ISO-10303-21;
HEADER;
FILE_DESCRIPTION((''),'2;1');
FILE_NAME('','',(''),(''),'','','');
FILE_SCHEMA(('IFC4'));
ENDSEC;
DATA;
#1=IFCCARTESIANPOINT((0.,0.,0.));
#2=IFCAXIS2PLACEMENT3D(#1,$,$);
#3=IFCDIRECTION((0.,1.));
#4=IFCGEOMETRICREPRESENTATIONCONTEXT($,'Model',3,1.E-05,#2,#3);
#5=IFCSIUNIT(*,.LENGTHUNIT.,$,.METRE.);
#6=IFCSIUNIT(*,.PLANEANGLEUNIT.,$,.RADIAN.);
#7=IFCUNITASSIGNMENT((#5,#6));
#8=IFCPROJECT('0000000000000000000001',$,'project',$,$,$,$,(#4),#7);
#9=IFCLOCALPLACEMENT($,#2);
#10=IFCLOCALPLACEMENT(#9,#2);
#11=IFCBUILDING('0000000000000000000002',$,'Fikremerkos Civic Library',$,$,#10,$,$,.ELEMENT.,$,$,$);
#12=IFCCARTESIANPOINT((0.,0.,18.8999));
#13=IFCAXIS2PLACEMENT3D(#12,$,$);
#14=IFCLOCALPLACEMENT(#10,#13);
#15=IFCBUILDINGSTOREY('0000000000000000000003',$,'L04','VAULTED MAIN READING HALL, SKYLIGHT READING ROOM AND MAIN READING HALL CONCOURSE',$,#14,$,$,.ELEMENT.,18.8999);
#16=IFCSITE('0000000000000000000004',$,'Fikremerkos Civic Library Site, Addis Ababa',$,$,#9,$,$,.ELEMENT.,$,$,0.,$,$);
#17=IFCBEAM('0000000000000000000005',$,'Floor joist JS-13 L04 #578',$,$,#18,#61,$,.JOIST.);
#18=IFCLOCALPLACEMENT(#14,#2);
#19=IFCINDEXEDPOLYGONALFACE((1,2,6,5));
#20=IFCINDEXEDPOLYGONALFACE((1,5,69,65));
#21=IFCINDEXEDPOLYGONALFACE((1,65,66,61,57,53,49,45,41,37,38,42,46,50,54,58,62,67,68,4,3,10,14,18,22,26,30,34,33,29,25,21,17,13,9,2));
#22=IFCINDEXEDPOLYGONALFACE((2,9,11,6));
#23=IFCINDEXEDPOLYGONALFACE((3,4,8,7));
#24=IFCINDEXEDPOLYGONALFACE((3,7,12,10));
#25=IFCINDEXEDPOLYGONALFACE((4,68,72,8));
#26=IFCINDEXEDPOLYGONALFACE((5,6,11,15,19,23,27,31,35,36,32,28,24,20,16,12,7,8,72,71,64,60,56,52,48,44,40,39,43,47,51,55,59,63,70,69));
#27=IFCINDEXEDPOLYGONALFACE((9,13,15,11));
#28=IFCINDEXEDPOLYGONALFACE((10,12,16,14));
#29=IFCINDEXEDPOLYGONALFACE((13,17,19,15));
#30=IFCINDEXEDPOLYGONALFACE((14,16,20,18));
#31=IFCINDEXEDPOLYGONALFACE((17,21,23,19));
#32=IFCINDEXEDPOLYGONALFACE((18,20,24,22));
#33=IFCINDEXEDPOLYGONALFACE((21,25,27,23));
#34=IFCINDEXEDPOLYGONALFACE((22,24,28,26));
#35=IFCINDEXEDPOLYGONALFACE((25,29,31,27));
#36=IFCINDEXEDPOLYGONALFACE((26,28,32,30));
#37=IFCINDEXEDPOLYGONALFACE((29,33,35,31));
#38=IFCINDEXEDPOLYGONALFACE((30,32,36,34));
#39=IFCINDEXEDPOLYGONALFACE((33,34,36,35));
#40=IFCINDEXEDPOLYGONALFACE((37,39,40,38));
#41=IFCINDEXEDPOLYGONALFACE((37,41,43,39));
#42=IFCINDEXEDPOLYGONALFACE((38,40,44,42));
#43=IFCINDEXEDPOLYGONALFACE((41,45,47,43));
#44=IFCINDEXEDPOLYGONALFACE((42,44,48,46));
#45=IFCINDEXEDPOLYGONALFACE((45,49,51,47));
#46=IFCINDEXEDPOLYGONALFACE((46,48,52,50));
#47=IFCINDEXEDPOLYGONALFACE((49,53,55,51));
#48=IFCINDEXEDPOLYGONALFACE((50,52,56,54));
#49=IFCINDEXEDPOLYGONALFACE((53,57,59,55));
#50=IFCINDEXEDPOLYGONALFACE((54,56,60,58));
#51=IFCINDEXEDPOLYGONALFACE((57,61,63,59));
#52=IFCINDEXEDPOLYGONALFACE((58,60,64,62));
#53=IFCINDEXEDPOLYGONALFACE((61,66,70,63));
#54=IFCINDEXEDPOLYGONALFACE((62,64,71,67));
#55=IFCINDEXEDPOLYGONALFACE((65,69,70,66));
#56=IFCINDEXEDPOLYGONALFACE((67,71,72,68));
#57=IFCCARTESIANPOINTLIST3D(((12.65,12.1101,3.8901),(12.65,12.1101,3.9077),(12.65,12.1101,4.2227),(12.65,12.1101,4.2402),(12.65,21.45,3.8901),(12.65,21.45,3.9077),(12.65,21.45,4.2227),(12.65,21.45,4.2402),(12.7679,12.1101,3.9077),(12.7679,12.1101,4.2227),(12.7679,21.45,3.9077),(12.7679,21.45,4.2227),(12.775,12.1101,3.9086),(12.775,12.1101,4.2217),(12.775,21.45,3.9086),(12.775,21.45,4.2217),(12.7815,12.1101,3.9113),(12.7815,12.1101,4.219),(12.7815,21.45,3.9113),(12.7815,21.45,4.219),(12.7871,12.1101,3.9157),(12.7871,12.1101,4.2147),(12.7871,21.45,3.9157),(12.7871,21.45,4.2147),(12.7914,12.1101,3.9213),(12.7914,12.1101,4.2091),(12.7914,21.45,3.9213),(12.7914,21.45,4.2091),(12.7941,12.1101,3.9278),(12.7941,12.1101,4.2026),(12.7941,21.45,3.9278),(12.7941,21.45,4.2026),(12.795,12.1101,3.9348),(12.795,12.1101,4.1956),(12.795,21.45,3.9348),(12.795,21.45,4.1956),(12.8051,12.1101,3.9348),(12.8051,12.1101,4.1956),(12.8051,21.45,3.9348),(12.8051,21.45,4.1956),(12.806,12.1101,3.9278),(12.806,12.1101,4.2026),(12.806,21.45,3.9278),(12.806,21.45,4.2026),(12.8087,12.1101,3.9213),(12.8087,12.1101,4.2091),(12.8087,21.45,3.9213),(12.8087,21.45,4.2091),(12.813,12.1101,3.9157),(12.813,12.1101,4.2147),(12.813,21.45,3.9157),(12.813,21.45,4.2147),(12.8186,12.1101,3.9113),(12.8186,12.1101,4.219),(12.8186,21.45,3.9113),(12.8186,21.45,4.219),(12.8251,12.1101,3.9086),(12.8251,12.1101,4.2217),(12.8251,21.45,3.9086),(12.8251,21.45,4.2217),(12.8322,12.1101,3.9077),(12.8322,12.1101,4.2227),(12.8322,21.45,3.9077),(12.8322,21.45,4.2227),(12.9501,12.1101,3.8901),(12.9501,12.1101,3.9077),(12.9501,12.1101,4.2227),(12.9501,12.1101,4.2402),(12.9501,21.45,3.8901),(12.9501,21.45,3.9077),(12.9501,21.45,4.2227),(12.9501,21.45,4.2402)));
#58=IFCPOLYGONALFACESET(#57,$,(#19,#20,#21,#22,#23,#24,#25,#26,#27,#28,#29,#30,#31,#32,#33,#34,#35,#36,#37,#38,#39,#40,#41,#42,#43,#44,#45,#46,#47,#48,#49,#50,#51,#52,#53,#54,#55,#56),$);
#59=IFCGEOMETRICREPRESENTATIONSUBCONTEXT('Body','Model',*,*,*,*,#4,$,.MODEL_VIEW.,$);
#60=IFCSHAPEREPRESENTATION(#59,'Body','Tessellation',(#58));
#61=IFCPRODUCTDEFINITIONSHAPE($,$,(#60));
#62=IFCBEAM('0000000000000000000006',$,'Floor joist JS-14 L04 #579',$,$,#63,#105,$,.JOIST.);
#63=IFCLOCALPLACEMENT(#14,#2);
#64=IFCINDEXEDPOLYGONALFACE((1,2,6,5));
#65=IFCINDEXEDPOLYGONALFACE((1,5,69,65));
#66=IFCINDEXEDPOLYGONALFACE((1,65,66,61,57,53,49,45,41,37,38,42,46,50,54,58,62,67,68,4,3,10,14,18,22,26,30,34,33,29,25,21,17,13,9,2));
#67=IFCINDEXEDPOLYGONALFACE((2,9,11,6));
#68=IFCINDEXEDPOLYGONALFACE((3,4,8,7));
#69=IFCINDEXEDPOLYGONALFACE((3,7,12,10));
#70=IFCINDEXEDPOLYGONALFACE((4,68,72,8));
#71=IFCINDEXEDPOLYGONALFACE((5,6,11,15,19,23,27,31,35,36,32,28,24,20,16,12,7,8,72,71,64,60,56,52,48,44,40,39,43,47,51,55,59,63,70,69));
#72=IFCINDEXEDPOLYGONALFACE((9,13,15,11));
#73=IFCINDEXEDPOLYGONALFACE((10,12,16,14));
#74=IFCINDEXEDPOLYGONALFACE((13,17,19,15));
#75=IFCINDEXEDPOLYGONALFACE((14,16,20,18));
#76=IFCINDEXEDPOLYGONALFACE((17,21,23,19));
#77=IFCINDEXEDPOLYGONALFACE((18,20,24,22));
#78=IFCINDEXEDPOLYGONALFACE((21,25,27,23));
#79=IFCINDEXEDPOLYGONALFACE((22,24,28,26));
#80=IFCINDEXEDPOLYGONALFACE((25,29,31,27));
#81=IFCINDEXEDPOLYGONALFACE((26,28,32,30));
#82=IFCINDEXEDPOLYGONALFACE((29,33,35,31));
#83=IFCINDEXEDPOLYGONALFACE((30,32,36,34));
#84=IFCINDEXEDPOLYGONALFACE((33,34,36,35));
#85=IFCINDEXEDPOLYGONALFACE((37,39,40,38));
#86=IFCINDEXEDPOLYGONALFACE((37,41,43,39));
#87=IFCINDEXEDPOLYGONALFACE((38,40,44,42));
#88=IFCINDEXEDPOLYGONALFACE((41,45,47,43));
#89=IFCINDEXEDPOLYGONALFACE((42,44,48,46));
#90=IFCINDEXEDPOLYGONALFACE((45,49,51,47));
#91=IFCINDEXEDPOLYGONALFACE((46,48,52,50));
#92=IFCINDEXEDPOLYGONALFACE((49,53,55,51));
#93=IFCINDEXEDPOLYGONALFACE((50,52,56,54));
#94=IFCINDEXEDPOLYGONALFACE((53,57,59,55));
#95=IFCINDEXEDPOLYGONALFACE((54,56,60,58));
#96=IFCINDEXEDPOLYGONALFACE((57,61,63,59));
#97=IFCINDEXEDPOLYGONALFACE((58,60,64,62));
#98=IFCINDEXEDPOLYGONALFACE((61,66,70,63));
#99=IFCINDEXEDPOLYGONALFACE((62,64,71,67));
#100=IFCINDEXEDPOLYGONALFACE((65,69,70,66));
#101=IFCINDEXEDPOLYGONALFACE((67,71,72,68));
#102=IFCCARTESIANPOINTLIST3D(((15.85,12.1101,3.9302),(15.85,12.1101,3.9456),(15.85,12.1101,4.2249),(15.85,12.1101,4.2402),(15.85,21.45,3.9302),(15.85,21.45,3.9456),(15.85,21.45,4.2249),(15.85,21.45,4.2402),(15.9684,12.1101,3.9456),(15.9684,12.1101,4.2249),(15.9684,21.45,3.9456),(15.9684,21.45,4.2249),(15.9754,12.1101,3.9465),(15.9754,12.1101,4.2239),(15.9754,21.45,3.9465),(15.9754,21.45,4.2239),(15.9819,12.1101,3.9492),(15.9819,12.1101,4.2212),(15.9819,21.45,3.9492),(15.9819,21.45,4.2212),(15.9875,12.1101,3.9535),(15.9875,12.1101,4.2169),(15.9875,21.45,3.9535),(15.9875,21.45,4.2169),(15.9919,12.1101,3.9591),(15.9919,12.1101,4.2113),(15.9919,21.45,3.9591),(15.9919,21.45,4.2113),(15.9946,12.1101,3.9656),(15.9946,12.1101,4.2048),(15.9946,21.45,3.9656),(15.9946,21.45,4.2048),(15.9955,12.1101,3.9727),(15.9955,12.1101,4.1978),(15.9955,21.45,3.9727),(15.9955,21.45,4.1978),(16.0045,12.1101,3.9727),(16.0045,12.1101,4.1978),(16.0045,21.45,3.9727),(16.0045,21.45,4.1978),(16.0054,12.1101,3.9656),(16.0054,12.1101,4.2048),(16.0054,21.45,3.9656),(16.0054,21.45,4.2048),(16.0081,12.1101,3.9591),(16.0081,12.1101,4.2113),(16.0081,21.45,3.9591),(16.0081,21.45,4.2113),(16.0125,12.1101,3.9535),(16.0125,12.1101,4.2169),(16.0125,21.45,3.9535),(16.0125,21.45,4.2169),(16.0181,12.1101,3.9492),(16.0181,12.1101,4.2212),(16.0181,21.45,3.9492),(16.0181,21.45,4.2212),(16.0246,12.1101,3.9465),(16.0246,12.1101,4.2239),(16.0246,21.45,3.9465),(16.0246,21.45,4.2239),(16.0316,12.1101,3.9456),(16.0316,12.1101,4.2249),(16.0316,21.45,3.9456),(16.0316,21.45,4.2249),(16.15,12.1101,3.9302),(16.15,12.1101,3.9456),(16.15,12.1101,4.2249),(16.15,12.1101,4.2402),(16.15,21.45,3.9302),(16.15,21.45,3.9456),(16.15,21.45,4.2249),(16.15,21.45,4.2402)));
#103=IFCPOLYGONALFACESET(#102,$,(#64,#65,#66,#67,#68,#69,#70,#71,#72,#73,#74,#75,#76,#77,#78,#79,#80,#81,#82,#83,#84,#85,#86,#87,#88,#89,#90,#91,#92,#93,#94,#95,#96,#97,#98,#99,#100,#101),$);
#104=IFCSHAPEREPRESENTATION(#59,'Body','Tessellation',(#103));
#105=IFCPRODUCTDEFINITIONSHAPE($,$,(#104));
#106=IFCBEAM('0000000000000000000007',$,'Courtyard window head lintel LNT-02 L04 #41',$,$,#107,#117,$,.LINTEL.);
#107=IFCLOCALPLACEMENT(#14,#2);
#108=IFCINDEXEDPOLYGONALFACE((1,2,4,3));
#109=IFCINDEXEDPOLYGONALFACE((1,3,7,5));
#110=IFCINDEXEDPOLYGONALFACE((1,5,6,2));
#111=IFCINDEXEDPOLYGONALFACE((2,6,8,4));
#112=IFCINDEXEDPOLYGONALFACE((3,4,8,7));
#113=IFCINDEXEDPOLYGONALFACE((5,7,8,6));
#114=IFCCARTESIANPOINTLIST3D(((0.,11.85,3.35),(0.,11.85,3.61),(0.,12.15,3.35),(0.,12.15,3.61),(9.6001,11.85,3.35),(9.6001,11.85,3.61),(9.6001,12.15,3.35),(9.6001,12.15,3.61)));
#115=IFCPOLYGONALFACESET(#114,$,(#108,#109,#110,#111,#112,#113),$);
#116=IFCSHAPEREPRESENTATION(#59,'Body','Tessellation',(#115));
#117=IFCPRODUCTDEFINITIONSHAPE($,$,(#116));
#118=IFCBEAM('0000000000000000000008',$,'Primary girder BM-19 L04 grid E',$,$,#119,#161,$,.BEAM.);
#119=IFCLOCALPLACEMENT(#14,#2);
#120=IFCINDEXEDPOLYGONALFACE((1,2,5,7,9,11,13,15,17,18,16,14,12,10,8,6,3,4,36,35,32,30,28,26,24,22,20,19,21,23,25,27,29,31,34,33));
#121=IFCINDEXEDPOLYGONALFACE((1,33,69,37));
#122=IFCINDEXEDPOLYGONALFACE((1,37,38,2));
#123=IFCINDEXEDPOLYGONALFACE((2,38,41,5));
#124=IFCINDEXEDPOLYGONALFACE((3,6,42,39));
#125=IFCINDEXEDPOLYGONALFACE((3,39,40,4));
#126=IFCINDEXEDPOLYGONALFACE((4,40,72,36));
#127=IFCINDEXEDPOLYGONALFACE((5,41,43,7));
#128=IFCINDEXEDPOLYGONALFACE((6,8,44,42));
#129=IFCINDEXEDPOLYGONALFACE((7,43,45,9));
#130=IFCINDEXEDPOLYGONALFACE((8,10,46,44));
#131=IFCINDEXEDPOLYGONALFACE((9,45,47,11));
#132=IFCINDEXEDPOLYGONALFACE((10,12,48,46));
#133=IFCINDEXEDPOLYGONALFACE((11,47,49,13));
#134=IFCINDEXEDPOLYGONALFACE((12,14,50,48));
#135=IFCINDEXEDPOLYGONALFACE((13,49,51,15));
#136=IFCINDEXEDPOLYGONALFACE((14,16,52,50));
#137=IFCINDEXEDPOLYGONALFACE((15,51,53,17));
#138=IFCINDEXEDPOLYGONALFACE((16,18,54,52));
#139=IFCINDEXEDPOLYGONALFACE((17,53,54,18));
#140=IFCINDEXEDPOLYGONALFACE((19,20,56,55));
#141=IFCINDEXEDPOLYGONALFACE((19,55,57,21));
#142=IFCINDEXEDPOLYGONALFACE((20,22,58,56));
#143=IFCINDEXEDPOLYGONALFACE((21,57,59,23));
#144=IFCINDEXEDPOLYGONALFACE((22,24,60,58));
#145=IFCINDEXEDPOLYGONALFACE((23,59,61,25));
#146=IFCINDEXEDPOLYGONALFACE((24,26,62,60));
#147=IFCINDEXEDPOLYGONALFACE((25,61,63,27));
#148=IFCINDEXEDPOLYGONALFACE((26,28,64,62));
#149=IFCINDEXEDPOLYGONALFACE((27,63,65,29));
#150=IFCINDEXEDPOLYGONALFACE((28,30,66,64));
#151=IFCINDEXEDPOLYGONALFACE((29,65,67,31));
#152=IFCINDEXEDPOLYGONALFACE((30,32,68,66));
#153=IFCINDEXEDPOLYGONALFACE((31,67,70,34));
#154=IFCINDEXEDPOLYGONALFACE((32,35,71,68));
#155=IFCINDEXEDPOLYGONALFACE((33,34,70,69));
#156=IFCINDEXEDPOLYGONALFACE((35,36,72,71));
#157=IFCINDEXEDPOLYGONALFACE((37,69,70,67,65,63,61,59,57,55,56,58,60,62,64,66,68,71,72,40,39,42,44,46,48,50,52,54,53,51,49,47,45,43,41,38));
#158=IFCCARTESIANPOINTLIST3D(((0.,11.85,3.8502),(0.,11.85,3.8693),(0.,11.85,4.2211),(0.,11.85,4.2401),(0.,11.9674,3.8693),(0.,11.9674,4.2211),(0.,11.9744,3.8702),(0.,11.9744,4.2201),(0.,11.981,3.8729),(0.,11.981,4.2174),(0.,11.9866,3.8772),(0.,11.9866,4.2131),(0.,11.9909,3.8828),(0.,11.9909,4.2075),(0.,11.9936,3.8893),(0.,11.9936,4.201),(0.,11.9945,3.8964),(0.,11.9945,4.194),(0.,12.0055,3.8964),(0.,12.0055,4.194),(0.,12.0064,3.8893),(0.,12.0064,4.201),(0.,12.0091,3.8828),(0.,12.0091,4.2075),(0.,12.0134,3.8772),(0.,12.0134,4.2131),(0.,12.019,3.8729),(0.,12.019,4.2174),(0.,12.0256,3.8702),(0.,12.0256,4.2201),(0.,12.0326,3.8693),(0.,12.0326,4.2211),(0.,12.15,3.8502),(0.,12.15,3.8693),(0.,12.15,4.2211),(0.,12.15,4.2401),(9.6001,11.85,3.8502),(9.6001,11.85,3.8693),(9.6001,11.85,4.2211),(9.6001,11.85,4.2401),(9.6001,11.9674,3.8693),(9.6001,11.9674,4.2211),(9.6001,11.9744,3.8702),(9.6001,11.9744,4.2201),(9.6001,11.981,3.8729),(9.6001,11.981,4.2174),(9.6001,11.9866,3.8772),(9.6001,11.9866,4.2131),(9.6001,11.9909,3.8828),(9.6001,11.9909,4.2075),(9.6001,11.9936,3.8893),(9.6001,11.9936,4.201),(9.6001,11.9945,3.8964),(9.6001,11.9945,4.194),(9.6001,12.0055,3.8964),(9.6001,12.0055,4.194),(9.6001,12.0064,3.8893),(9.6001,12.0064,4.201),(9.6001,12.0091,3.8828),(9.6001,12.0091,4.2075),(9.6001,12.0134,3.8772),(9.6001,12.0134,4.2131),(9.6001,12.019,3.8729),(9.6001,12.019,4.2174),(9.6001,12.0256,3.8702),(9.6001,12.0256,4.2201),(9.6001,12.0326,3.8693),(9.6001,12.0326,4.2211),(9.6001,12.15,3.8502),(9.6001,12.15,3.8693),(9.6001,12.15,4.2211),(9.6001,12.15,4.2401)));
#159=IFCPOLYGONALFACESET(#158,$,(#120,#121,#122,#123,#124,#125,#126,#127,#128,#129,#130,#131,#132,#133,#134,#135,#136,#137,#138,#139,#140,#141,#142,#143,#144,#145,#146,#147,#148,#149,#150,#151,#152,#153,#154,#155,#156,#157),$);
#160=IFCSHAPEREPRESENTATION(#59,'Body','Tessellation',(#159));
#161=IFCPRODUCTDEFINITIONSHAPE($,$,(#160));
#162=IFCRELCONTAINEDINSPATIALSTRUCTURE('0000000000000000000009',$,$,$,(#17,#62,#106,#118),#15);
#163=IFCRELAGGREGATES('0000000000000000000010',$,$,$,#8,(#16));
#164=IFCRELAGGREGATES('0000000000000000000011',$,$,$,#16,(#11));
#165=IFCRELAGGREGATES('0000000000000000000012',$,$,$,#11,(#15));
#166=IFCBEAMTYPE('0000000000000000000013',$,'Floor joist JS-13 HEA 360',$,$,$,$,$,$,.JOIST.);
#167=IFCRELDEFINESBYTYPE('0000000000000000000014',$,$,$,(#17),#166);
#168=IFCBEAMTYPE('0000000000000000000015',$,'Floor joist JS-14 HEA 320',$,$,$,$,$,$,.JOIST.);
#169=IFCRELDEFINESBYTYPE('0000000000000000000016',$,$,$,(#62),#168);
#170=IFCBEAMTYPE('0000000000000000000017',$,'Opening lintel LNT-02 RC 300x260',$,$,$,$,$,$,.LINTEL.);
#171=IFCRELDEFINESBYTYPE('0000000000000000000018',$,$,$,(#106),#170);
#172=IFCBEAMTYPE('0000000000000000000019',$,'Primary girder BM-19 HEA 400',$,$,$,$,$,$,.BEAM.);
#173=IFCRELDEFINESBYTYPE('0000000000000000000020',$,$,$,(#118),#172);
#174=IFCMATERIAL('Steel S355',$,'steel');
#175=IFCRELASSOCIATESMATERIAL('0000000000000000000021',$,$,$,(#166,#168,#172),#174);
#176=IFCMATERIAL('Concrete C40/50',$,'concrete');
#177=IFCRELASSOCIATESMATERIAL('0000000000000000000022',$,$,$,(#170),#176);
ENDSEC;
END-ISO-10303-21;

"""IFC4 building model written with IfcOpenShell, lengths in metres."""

from ifc_helpers import new_model, si_unit, direction, frame, origin, origin_2d, place, context, subcontext, project, spatial, rectangle, i_section, extrude, material, material_profile, profile_set, type_object, element, save


model = new_model("IFC4")

# Units and contexts
model_context = context("Model", 3, precision=1e-05, world=origin(), true_north=direction((0.0, 1.0)))
body_context = subcontext(model_context, "Body", "Model", "MODEL_VIEW")
ifc_project = project(units=[si_unit("LENGTHUNIT", "METRE"), si_unit("PLANEANGLEUNIT", "RADIAN")], contexts=[model_context])

# Site, building, storey
site_placement = place(None, origin())
site = spatial("IfcSite", under=ifc_project, at=site_placement, Name="Fikremerkos Civic Library Site, Addis Ababa", CompositionType="ELEMENT", RefElevation=0.0)
building_placement = place(site_placement, origin())
building = spatial("IfcBuilding", under=site, at=building_placement, Name="Fikremerkos Civic Library", CompositionType="ELEMENT")
storey_placement = place(building_placement, frame((0.0, 0.0, 18.8999)))
storey = spatial("IfcBuildingStorey", under=building, at=storey_placement, Name="L04", Description="VAULTED MAIN READING HALL, SKYLIGHT READING ROOM AND MAIN READING HALL CONCOURSE", CompositionType="ELEMENT", Elevation=18.8999)

# Shared definitions
ifc_material_1 = material(Name="Concrete C40/50", Category="concrete")
ifc_material_2 = material(Name="Steel S355", Category="steel")

# Beams
ifc_material_profile_1 = material_profile(ifc_material_2, i_section(OverallWidth=0.3, OverallDepth=0.3501, WebThickness=0.01, FlangeThickness=0.0176, FilletRadius=0.0271, at=origin_2d()), Name="HEA 360")
ifc_profile_set_1 = profile_set([ifc_material_profile_1], Name="Steel S355")
beam_type_1 = type_object("IfcBeamType", Name="Floor joist JS-13 HEA 360", PredefinedType="JOIST", material=ifc_profile_set_1)
beam_1_placement = place(storey_placement, frame((12.8, 12.1101, 4.0652), z_axis=(0.0, 1.0, 0.0), x_axis=(-1.0, 0.0, 0.0)))
element("IfcBeam", 1, at=beam_1_placement, inside=storey, type_object=beam_type_1, Name="Floor joist JS-13 L04 #578", PredefinedType="JOIST", context=body_context, shape_type="SweptSolid", body=[
    extrude(i_section(OverallWidth=0.3, OverallDepth=0.3501, WebThickness=0.01, FlangeThickness=0.0176, FilletRadius=0.0271, at=origin_2d()), origin(), (0.0, 0.0, 1.0), 9.3398),
])
ifc_material_profile_2 = material_profile(ifc_material_2, i_section(OverallWidth=0.3, OverallDepth=0.3101, WebThickness=0.009, FlangeThickness=0.0154, FilletRadius=0.0271, at=origin_2d()), Name="HEA 320")
ifc_profile_set_2 = profile_set([ifc_material_profile_2], Name="Steel S355")
beam_type_2 = type_object("IfcBeamType", Name="Floor joist JS-14 HEA 320", PredefinedType="JOIST", material=ifc_profile_set_2)
beam_2_placement = place(storey_placement, frame((16.0, 12.1101, 4.0852), z_axis=(0.0, 1.0, 0.0), x_axis=(-1.0, 0.0, 0.0)))
element("IfcBeam", 2, at=beam_2_placement, inside=storey, type_object=beam_type_2, Name="Floor joist JS-14 L04 #579", PredefinedType="JOIST", context=body_context, shape_type="SweptSolid", body=[
    extrude(i_section(OverallWidth=0.3, OverallDepth=0.3101, WebThickness=0.009, FlangeThickness=0.0154, FilletRadius=0.0271, at=origin_2d()), origin(), (0.0, 0.0, 1.0), 9.3398),
])
ifc_material_profile_3 = material_profile(ifc_material_1, rectangle(XDim=0.3, YDim=0.26, at=origin_2d()), Name="RC 300x260")
ifc_profile_set_3 = profile_set([ifc_material_profile_3], Name="Concrete C40/50")
beam_type_3 = type_object("IfcBeamType", Name="Opening lintel LNT-02 RC 300x260", PredefinedType="LINTEL", material=ifc_profile_set_3)
beam_3_placement = place(storey_placement, frame((9.6001, 12.0, 3.48), z_axis=(-1.0, 0.0, 0.0), x_axis=(0.0, -1.0, 0.0)))
element("IfcBeam", 3, at=beam_3_placement, inside=storey, type_object=beam_type_3, Name="Courtyard window head lintel LNT-02 L04 #41", PredefinedType="LINTEL", context=body_context, shape_type="SweptSolid", body=[
    extrude(rectangle(XDim=0.3, YDim=0.26, at=origin_2d()), origin(), (0.0, 0.0, 1.0), 9.6001),
])
ifc_material_profile_4 = material_profile(ifc_material_2, i_section(OverallWidth=0.3, OverallDepth=0.3899, WebThickness=0.011, FlangeThickness=0.019, FilletRadius=0.0271, at=origin_2d()), Name="HEA 400")
ifc_profile_set_4 = profile_set([ifc_material_profile_4], Name="Steel S355")
beam_type_4 = type_object("IfcBeamType", Name="Primary girder BM-19 HEA 400", PredefinedType="BEAM", material=ifc_profile_set_4)
beam_4_placement = place(storey_placement, frame((0.0, 12.0, 4.0452), z_axis=(1.0, 0.0, 0.0), x_axis=(0.0, 1.0, 0.0)))
element("IfcBeam", 4, at=beam_4_placement, inside=storey, type_object=beam_type_4, Name="Primary girder BM-19 L04 grid E", PredefinedType="BEAM", context=body_context, shape_type="SweptSolid", body=[
    extrude(i_section(OverallWidth=0.3, OverallDepth=0.3899, WebThickness=0.011, FlangeThickness=0.019, FilletRadius=0.0271, at=origin_2d()), origin(), (0.0, 0.0, 1.0), 9.6001),
])

save(model, "model.ifc")
